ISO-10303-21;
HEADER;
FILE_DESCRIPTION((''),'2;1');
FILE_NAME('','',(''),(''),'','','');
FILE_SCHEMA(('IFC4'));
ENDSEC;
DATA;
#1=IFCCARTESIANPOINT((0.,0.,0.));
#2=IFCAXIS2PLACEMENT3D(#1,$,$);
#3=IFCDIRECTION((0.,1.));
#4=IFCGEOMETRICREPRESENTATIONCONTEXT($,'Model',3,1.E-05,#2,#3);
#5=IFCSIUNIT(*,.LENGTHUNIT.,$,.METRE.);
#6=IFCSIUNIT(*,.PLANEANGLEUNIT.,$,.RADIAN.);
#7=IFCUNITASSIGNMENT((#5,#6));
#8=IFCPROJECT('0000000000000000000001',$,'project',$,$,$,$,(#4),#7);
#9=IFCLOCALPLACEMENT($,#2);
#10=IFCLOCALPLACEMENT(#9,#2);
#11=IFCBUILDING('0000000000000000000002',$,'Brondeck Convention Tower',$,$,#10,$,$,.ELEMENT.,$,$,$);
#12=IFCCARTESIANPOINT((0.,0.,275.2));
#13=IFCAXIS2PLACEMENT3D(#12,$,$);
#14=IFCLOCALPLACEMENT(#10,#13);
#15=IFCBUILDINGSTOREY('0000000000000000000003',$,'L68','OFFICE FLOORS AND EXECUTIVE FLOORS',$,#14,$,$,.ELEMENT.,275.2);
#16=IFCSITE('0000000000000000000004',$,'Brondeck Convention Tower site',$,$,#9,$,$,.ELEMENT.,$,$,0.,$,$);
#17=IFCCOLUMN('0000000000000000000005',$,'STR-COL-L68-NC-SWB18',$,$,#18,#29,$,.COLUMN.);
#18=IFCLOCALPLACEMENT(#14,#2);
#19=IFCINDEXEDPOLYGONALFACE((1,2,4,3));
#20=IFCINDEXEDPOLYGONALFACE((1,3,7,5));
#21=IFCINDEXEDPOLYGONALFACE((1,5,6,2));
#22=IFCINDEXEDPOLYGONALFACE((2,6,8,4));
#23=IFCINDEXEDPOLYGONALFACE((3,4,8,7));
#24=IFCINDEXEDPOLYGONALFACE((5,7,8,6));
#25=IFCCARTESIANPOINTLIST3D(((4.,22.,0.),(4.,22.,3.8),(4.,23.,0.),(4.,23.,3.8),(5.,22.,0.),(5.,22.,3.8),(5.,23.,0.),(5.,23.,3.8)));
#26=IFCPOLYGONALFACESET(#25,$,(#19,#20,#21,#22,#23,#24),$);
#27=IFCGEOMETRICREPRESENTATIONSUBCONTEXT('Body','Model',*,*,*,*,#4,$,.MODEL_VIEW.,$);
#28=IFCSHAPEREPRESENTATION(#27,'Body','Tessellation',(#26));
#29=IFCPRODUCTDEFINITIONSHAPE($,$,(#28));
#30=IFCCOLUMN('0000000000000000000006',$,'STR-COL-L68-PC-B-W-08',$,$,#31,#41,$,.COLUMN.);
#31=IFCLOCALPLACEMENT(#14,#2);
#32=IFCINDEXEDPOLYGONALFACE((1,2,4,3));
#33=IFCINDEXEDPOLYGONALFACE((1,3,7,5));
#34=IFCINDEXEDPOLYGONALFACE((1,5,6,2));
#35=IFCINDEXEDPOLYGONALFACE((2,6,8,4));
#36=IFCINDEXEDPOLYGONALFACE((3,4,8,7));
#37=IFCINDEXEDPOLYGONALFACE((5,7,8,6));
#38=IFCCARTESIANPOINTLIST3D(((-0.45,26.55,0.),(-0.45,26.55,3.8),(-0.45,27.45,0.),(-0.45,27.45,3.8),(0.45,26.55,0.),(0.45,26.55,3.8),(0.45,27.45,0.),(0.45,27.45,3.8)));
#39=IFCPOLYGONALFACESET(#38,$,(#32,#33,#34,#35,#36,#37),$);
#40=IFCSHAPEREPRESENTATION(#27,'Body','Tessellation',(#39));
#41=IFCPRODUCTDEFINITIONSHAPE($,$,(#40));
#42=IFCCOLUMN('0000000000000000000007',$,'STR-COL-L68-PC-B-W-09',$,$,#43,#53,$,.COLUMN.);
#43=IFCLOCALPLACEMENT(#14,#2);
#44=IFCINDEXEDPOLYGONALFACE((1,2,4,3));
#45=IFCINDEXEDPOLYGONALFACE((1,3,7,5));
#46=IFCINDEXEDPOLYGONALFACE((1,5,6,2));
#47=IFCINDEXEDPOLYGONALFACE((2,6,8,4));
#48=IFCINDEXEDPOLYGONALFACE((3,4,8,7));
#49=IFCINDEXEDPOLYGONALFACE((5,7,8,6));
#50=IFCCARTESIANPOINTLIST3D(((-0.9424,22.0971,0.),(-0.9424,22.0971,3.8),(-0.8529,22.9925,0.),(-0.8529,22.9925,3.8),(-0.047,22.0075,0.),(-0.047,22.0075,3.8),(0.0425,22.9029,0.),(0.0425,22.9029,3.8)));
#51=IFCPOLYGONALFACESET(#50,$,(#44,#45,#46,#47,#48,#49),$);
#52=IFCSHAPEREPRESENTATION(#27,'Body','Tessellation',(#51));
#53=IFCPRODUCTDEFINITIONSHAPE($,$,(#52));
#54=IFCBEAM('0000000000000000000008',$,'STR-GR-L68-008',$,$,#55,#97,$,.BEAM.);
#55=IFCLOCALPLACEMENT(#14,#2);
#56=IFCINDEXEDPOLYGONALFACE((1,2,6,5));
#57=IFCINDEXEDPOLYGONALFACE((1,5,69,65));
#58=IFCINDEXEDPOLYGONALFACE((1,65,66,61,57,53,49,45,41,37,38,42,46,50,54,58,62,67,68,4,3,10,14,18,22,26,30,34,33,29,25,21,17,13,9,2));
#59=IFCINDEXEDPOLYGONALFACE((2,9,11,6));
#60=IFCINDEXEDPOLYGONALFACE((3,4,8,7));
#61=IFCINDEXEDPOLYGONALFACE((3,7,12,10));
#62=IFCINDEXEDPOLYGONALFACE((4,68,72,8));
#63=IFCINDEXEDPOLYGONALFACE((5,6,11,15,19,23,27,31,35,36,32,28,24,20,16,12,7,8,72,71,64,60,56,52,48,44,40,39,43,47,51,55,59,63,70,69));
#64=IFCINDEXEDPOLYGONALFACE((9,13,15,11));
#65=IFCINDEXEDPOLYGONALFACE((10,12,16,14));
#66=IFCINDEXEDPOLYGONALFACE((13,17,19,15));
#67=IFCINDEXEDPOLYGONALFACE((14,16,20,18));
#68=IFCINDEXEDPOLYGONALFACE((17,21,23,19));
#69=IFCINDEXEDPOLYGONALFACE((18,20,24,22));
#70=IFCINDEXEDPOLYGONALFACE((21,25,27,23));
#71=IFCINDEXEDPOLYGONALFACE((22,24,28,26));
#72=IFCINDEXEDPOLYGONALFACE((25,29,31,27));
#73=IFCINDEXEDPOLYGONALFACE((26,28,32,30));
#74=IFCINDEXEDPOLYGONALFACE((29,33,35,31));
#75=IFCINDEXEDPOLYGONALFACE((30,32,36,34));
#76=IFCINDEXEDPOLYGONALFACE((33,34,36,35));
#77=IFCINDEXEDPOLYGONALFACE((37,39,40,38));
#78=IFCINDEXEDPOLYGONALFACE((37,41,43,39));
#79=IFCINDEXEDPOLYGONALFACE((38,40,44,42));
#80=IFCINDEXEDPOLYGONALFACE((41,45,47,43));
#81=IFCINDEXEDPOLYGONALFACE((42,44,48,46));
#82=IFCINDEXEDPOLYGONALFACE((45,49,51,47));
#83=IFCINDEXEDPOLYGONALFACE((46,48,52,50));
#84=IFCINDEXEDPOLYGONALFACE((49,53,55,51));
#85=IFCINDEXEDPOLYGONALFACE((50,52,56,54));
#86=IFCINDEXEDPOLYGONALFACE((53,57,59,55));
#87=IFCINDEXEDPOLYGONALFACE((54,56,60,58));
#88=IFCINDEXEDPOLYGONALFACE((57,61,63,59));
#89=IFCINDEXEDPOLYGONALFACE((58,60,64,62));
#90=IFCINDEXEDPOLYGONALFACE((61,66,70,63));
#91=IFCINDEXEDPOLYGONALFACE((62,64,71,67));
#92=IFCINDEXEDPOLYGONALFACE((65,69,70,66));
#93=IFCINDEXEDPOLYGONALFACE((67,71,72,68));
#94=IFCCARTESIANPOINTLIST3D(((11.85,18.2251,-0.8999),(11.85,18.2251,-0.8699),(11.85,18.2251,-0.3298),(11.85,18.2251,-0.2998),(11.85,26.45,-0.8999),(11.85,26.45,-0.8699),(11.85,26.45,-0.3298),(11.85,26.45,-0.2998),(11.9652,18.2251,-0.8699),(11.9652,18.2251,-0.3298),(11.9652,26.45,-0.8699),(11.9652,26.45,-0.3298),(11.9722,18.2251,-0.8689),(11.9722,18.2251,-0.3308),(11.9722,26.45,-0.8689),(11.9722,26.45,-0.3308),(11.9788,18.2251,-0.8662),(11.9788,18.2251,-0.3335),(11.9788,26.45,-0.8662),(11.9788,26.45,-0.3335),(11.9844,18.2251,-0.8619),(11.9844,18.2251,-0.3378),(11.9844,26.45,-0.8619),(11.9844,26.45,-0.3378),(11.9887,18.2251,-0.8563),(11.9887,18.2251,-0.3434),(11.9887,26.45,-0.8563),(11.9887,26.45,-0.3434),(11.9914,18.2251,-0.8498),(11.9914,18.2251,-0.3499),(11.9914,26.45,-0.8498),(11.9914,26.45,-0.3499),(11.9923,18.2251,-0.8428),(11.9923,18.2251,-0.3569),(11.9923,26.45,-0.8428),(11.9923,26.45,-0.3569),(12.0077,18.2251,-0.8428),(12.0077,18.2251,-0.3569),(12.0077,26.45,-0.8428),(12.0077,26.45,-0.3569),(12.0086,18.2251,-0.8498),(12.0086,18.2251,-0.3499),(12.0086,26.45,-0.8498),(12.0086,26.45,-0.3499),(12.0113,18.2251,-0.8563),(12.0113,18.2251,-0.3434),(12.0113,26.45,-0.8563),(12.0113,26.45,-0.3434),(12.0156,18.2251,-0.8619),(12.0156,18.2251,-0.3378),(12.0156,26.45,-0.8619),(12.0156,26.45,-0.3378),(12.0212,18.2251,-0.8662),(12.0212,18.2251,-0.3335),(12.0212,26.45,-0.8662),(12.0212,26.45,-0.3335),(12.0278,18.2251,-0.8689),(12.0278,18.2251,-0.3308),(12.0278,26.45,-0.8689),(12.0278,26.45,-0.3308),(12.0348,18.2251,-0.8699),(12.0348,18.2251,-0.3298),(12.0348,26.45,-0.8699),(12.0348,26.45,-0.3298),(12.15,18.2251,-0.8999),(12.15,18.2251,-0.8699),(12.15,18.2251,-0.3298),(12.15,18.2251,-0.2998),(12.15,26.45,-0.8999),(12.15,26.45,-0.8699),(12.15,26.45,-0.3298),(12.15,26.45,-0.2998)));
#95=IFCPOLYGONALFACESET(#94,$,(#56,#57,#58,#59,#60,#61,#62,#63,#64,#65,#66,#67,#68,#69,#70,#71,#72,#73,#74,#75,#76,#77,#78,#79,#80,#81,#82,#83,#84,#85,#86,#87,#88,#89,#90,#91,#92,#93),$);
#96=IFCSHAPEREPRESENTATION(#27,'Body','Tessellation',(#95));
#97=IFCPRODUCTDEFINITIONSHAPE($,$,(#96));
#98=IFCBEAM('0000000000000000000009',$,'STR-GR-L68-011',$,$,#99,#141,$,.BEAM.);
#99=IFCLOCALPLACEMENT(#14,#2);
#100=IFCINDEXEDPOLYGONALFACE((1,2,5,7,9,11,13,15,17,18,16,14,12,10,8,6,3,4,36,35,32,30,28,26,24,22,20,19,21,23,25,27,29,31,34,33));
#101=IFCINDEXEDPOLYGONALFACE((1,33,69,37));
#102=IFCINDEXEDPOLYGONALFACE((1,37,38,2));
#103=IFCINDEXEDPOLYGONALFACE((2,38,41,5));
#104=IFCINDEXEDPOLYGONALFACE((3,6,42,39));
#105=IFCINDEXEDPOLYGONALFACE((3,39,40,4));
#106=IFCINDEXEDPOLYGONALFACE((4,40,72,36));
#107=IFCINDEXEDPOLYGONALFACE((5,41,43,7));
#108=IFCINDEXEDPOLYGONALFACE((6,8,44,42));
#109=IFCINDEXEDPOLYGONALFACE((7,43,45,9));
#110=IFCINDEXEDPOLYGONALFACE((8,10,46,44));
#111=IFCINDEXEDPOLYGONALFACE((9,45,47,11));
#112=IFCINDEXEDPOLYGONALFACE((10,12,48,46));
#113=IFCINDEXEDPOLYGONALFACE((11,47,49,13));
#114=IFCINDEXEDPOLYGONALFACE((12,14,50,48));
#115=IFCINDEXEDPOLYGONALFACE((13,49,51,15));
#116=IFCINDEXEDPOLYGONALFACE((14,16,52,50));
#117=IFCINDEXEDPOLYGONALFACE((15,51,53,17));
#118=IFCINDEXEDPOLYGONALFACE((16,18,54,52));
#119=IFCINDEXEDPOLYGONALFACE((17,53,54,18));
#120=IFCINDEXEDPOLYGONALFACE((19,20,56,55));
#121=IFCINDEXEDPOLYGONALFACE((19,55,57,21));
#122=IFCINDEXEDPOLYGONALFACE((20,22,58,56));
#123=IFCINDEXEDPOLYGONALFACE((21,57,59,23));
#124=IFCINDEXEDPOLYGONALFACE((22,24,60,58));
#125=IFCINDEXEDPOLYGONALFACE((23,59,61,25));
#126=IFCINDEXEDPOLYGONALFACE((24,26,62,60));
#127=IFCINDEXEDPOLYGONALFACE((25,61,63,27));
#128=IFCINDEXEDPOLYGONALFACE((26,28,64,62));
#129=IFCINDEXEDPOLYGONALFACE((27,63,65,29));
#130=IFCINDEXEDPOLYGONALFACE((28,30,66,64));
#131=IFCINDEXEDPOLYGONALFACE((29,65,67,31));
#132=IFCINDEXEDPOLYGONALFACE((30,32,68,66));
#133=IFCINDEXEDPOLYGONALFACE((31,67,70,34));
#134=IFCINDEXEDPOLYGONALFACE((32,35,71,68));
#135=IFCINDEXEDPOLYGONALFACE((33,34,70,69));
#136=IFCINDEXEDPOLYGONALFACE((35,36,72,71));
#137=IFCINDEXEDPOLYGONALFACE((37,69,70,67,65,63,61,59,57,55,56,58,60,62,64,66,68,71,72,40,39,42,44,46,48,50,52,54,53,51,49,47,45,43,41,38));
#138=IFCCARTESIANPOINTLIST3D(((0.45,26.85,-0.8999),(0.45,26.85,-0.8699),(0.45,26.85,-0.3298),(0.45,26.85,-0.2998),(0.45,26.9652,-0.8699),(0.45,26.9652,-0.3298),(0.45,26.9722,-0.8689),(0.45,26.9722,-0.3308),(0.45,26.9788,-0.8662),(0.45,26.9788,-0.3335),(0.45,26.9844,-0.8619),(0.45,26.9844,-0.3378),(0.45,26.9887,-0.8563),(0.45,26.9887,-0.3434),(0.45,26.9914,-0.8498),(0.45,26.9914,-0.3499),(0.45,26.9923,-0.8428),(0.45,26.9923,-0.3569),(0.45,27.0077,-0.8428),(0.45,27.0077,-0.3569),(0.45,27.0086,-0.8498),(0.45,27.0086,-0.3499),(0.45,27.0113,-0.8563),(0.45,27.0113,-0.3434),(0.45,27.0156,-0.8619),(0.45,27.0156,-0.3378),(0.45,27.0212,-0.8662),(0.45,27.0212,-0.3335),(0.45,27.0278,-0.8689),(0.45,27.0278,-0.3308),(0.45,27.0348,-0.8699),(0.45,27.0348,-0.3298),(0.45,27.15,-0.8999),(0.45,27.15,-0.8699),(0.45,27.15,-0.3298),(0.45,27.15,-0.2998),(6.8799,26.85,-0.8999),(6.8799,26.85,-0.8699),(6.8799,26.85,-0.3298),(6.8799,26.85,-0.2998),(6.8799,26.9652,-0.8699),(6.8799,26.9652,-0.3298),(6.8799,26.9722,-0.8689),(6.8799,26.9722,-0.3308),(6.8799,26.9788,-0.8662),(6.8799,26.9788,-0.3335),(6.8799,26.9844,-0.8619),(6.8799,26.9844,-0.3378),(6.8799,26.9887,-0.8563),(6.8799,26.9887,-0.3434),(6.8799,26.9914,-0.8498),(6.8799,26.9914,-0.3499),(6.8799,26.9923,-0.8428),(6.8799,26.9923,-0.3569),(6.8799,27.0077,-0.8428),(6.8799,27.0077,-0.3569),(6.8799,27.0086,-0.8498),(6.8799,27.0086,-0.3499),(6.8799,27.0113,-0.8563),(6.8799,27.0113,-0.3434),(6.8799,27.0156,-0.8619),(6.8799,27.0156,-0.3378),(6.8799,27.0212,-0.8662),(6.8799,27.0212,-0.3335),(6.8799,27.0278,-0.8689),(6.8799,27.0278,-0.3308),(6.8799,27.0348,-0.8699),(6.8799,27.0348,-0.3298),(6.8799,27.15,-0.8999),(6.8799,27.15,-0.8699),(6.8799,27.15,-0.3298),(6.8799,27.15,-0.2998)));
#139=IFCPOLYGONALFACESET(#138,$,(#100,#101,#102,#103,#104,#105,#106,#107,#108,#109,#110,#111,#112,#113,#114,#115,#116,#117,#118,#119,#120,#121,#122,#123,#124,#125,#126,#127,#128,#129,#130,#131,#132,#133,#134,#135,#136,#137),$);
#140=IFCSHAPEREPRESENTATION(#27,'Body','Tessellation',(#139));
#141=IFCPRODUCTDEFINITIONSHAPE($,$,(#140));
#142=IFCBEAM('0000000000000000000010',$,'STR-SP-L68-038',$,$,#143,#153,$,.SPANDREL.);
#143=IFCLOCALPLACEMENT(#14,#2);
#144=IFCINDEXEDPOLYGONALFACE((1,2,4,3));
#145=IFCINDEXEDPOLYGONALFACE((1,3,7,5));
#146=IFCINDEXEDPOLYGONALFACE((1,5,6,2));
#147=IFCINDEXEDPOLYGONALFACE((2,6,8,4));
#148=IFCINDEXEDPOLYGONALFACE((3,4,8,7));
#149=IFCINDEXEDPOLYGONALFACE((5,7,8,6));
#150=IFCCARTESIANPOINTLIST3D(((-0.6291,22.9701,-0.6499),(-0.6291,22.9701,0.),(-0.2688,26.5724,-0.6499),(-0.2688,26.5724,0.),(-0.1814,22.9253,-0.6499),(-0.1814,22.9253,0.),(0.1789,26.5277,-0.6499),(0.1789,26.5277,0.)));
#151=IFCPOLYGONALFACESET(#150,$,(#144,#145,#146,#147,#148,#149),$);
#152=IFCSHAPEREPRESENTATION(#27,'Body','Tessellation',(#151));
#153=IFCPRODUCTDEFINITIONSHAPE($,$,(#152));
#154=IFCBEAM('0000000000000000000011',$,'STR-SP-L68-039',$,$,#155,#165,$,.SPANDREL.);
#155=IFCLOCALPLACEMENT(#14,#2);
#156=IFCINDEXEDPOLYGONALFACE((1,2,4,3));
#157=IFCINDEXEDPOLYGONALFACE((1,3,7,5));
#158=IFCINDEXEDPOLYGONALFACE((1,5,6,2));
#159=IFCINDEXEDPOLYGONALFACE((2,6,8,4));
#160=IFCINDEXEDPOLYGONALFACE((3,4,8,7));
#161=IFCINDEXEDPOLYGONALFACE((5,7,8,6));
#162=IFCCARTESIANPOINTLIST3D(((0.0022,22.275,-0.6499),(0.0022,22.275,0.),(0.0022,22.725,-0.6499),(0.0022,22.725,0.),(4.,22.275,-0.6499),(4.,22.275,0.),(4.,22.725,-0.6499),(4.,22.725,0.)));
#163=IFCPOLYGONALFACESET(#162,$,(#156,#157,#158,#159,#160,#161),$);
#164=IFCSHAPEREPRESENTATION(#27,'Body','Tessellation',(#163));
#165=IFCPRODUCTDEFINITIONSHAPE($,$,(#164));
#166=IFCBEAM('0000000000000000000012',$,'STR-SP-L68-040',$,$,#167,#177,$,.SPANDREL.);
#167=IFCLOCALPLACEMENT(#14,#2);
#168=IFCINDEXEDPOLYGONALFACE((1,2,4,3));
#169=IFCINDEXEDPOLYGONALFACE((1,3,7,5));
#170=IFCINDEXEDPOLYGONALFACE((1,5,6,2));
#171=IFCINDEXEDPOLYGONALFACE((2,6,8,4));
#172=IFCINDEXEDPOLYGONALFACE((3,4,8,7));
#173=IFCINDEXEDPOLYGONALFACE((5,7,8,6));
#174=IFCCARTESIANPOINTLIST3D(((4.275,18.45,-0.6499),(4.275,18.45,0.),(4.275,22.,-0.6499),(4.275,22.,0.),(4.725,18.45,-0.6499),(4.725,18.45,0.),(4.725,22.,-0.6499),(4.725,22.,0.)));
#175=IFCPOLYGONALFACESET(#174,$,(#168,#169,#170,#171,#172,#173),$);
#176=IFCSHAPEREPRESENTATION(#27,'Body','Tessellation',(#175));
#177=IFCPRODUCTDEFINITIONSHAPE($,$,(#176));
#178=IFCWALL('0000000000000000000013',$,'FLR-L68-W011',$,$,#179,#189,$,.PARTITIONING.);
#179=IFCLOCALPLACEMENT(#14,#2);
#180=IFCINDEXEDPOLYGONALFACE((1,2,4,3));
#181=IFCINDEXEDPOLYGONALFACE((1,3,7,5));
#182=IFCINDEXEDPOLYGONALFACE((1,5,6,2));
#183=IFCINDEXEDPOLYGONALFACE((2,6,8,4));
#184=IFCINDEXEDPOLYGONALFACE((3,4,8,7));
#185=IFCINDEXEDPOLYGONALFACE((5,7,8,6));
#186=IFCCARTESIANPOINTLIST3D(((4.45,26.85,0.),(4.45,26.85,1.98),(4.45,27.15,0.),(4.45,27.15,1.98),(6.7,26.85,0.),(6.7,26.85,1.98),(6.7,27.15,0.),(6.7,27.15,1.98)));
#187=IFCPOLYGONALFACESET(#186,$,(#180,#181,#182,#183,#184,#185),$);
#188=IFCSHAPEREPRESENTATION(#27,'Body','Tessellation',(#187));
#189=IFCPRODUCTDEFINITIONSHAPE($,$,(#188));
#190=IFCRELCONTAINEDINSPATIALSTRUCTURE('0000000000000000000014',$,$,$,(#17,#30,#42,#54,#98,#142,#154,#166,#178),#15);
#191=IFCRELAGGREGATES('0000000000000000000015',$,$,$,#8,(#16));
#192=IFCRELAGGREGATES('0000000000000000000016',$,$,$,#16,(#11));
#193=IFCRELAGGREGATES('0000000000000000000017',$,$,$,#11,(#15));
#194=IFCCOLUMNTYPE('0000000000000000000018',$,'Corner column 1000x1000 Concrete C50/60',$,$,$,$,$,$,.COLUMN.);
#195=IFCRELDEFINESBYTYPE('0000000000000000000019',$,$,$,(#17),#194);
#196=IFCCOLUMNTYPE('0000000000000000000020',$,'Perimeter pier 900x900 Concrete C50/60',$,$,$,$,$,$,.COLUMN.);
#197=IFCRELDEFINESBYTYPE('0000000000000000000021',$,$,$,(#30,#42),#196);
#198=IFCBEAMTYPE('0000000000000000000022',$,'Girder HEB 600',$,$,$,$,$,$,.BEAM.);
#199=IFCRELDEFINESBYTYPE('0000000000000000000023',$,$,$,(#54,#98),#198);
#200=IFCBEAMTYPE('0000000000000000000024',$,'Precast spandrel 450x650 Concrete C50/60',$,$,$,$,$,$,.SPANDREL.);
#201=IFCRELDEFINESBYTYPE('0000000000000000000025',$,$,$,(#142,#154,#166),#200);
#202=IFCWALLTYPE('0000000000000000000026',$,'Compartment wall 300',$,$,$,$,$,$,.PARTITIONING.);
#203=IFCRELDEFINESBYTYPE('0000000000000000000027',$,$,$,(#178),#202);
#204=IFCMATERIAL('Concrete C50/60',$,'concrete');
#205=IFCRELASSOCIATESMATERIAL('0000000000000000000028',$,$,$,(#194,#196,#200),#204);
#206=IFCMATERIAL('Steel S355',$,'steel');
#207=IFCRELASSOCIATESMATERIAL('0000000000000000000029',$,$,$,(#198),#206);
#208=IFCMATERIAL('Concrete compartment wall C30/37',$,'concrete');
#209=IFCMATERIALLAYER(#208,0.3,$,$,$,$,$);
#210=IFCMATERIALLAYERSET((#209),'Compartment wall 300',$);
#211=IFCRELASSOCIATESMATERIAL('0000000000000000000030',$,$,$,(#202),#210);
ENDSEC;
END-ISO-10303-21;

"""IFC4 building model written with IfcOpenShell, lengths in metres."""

from ifc_helpers import new_model, si_unit, direction, frame, frame_2d, origin, origin_2d, place, context, subcontext, project, spatial, rectangle, i_section, extrude, material, layer, layer_set, material_profile, profile_set, type_object, element, save


model = new_model("IFC4")

# Units and contexts
model_context = context("Model", 3, precision=1e-05, world=origin(), true_north=direction((0.0, 1.0)))
body_context = subcontext(model_context, "Body", "Model", "MODEL_VIEW")
ifc_project = project(units=[si_unit("LENGTHUNIT", "METRE"), si_unit("PLANEANGLEUNIT", "RADIAN")], contexts=[model_context])

# Site, building, storey
site_placement = place(None, origin())
site = spatial("IfcSite", under=ifc_project, at=site_placement, Name="Brondeck Convention Tower site", CompositionType="ELEMENT", RefElevation=0.0)
building_placement = place(site_placement, origin())
building = spatial("IfcBuilding", under=site, at=building_placement, Name="Brondeck Convention Tower", CompositionType="ELEMENT")
storey_placement = place(building_placement, frame((0.0, 0.0, 275.2)))
storey = spatial("IfcBuildingStorey", under=building, at=storey_placement, Name="L68", Description="OFFICE FLOORS AND EXECUTIVE FLOORS", CompositionType="ELEMENT", Elevation=275.2)

# Columns
ifc_material_1 = material(Name="Concrete C50/60", Category="concrete")
ifc_material_profile_1 = material_profile(ifc_material_1, rectangle(XDim=1.0, YDim=1.0, at=origin_2d()), Name="Corner column 1000x1000 Concrete C50/60")
ifc_profile_set_1 = profile_set([ifc_material_profile_1], Name="Concrete C50/60")
column_type_1 = type_object("IfcColumnType", Name="Corner column 1000x1000 Concrete C50/60", PredefinedType="COLUMN", material=ifc_profile_set_1)
column_placement = place(storey_placement, frame((4.5, 22.5, 0.0), z_axis=(0.0, 0.0, 1.0), x_axis=(1.0, 0.0, 0.0)))
element("IfcColumn", 1, at=column_placement, inside=storey, type_object=column_type_1, Name="STR-COL-L68-NC-SWB18", PredefinedType="COLUMN", context=body_context, shape_type="SweptSolid", body=[
    extrude(rectangle(XDim=1.0, YDim=1.0, at=origin_2d()), origin(), (0.0, 0.0, 1.0), 3.8),
])
ifc_material_profile_2 = material_profile(ifc_material_1, rectangle(XDim=0.8999, YDim=0.8999, at=origin_2d()), Name="Perimeter pier 900x900 Concrete C50/60")
ifc_profile_set_2 = profile_set([ifc_material_profile_2], Name="Concrete C50/60")
column_type_2 = type_object("IfcColumnType", Name="Perimeter pier 900x900 Concrete C50/60", PredefinedType="COLUMN", material=ifc_profile_set_2)
for number, where, z_axis, x_axis, name in (
    (2, (0.0, 27.0, 0.0), (0.0, 0.0, 1.0), (0.0, -1.0, 0.0), "STR-COL-L68-PC-B-W-08"),
    (3, (-0.45, 22.5, 0.0), (0.0, 0.0, 1.0), (-0.099504, -0.995037, 0.0), "STR-COL-L68-PC-B-W-09"),
):
    element("IfcColumn", number, at=place(storey_placement, frame(where, z_axis=z_axis, x_axis=x_axis)), inside=storey, type_object=column_type_2, Name=name, PredefinedType="COLUMN", context=body_context, shape_type="SweptSolid", body=[
        extrude(rectangle(XDim=0.8999, YDim=0.8999, at=origin_2d()), origin(), (0.0, 0.0, 1.0), 3.8),
    ])

# Beams
ifc_material_2 = material(Name="Steel S355", Category="steel")
ifc_material_profile_3 = material_profile(ifc_material_2, i_section(OverallWidth=0.3, OverallDepth=0.6001, WebThickness=0.0154, FlangeThickness=0.03, FilletRadius=0.0271, at=origin_2d()), Name="HEB 600")
ifc_profile_set_3 = profile_set([ifc_material_profile_3], Name="Steel S355")
beam_type_1 = type_object("IfcBeamType", Name="Girder HEB 600", PredefinedType="BEAM", material=ifc_profile_set_3)
beam_1_placement = place(storey_placement, frame((12.0, 26.45, -0.5999), z_axis=(0.0, -1.0, 0.0), x_axis=(1.0, 0.0, 0.0)))
element("IfcBeam", 4, at=beam_1_placement, inside=storey, type_object=beam_type_1, Name="STR-GR-L68-008", PredefinedType="BEAM", context=body_context, shape_type="SweptSolid", body=[
    extrude(i_section(OverallWidth=0.3, OverallDepth=0.6001, WebThickness=0.0154, FlangeThickness=0.03, FilletRadius=0.0271, at=origin_2d()), origin(), (0.0, 0.0, 1.0), 8.2249),
])
beam_2_placement = place(storey_placement, frame((0.45, 27.0, -0.5999), z_axis=(1.0, 0.0, 0.0), x_axis=(0.0, 1.0, 0.0)))
element("IfcBeam", 5, at=beam_2_placement, inside=storey, type_object=beam_type_1, Name="STR-GR-L68-011", PredefinedType="BEAM", context=body_context, shape_type="SweptSolid", body=[
    extrude(i_section(OverallWidth=0.3, OverallDepth=0.6001, WebThickness=0.0154, FlangeThickness=0.03, FilletRadius=0.0271, at=origin_2d()), origin(), (0.0, 0.0, 1.0), 6.4299),
])
ifc_material_profile_4 = material_profile(ifc_material_1, rectangle(XDim=0.45, YDim=0.6499, at=origin_2d()), Name="Precast spandrel 450x650 Concrete C50/60")
ifc_profile_set_4 = profile_set([ifc_material_profile_4], Name="Concrete C50/60")
beam_type_2 = type_object("IfcBeamType", Name="Precast spandrel 450x650 Concrete C50/60", PredefinedType="SPANDREL", material=ifc_profile_set_4)
beam_3_placement = place(storey_placement, frame((-0.0449, 26.55, -0.325), z_axis=(-0.099537, -0.995034, 0.0), x_axis=(0.995034, -0.099537, 0.0)))
element("IfcBeam", 6, at=beam_3_placement, inside=storey, type_object=beam_type_2, Name="STR-SP-L68-038", PredefinedType="SPANDREL", context=body_context, shape_type="SweptSolid", body=[
    extrude(rectangle(XDim=0.45, YDim=0.6499, at=origin_2d()), origin(), (0.0, 0.0, 1.0), 3.6204),
])
beam_4_placement = place(storey_placement, frame((0.0022, 22.5, -0.325), z_axis=(1.0, 0.0, 0.0), x_axis=(0.0, 1.0, 0.0)))
element("IfcBeam", 7, at=beam_4_placement, inside=storey, type_object=beam_type_2, Name="STR-SP-L68-039", PredefinedType="SPANDREL", context=body_context, shape_type="SweptSolid", body=[
    extrude(rectangle(XDim=0.45, YDim=0.6499, at=origin_2d()), origin(), (0.0, 0.0, 1.0), 3.9978),
])
beam_5_placement = place(storey_placement, frame((4.5, 22.0, -0.325), z_axis=(0.0, -1.0, 0.0), x_axis=(1.0, 0.0, 0.0)))
element("IfcBeam", 8, at=beam_5_placement, inside=storey, type_object=beam_type_2, Name="STR-SP-L68-040", PredefinedType="SPANDREL", context=body_context, shape_type="SweptSolid", body=[
    extrude(rectangle(XDim=0.45, YDim=0.6499, at=origin_2d()), origin(), (0.0, 0.0, 1.0), 3.55),
])

# Wall
ifc_material_3 = material(Name="Concrete compartment wall C30/37", Category="concrete")
ifc_layer_1 = layer(ifc_material_3, 0.3)
ifc_layer_set_1 = layer_set([ifc_layer_1], Name="Compartment wall 300")
wall_type_1 = type_object("IfcWallType", Name="Compartment wall 300", PredefinedType="PARTITIONING", material=ifc_layer_set_1)
wall_1_placement = place(storey_placement, frame((6.7, 27.0, 0.0), z_axis=(0.0, 0.0, 1.0), x_axis=(-1.0, 0.0, 0.0)))
element("IfcWall", 9, at=wall_1_placement, inside=storey, type_object=wall_type_1, Name="FLR-L68-W011", PredefinedType="PARTITIONING", context=body_context, shape_type="SweptSolid", body=[
    extrude(rectangle(XDim=2.25, YDim=0.3, at=frame_2d((1.125, 0.0))), origin(), (0.0, 0.0, 1.0), 1.98),
])

save(model, "model.ifc")
